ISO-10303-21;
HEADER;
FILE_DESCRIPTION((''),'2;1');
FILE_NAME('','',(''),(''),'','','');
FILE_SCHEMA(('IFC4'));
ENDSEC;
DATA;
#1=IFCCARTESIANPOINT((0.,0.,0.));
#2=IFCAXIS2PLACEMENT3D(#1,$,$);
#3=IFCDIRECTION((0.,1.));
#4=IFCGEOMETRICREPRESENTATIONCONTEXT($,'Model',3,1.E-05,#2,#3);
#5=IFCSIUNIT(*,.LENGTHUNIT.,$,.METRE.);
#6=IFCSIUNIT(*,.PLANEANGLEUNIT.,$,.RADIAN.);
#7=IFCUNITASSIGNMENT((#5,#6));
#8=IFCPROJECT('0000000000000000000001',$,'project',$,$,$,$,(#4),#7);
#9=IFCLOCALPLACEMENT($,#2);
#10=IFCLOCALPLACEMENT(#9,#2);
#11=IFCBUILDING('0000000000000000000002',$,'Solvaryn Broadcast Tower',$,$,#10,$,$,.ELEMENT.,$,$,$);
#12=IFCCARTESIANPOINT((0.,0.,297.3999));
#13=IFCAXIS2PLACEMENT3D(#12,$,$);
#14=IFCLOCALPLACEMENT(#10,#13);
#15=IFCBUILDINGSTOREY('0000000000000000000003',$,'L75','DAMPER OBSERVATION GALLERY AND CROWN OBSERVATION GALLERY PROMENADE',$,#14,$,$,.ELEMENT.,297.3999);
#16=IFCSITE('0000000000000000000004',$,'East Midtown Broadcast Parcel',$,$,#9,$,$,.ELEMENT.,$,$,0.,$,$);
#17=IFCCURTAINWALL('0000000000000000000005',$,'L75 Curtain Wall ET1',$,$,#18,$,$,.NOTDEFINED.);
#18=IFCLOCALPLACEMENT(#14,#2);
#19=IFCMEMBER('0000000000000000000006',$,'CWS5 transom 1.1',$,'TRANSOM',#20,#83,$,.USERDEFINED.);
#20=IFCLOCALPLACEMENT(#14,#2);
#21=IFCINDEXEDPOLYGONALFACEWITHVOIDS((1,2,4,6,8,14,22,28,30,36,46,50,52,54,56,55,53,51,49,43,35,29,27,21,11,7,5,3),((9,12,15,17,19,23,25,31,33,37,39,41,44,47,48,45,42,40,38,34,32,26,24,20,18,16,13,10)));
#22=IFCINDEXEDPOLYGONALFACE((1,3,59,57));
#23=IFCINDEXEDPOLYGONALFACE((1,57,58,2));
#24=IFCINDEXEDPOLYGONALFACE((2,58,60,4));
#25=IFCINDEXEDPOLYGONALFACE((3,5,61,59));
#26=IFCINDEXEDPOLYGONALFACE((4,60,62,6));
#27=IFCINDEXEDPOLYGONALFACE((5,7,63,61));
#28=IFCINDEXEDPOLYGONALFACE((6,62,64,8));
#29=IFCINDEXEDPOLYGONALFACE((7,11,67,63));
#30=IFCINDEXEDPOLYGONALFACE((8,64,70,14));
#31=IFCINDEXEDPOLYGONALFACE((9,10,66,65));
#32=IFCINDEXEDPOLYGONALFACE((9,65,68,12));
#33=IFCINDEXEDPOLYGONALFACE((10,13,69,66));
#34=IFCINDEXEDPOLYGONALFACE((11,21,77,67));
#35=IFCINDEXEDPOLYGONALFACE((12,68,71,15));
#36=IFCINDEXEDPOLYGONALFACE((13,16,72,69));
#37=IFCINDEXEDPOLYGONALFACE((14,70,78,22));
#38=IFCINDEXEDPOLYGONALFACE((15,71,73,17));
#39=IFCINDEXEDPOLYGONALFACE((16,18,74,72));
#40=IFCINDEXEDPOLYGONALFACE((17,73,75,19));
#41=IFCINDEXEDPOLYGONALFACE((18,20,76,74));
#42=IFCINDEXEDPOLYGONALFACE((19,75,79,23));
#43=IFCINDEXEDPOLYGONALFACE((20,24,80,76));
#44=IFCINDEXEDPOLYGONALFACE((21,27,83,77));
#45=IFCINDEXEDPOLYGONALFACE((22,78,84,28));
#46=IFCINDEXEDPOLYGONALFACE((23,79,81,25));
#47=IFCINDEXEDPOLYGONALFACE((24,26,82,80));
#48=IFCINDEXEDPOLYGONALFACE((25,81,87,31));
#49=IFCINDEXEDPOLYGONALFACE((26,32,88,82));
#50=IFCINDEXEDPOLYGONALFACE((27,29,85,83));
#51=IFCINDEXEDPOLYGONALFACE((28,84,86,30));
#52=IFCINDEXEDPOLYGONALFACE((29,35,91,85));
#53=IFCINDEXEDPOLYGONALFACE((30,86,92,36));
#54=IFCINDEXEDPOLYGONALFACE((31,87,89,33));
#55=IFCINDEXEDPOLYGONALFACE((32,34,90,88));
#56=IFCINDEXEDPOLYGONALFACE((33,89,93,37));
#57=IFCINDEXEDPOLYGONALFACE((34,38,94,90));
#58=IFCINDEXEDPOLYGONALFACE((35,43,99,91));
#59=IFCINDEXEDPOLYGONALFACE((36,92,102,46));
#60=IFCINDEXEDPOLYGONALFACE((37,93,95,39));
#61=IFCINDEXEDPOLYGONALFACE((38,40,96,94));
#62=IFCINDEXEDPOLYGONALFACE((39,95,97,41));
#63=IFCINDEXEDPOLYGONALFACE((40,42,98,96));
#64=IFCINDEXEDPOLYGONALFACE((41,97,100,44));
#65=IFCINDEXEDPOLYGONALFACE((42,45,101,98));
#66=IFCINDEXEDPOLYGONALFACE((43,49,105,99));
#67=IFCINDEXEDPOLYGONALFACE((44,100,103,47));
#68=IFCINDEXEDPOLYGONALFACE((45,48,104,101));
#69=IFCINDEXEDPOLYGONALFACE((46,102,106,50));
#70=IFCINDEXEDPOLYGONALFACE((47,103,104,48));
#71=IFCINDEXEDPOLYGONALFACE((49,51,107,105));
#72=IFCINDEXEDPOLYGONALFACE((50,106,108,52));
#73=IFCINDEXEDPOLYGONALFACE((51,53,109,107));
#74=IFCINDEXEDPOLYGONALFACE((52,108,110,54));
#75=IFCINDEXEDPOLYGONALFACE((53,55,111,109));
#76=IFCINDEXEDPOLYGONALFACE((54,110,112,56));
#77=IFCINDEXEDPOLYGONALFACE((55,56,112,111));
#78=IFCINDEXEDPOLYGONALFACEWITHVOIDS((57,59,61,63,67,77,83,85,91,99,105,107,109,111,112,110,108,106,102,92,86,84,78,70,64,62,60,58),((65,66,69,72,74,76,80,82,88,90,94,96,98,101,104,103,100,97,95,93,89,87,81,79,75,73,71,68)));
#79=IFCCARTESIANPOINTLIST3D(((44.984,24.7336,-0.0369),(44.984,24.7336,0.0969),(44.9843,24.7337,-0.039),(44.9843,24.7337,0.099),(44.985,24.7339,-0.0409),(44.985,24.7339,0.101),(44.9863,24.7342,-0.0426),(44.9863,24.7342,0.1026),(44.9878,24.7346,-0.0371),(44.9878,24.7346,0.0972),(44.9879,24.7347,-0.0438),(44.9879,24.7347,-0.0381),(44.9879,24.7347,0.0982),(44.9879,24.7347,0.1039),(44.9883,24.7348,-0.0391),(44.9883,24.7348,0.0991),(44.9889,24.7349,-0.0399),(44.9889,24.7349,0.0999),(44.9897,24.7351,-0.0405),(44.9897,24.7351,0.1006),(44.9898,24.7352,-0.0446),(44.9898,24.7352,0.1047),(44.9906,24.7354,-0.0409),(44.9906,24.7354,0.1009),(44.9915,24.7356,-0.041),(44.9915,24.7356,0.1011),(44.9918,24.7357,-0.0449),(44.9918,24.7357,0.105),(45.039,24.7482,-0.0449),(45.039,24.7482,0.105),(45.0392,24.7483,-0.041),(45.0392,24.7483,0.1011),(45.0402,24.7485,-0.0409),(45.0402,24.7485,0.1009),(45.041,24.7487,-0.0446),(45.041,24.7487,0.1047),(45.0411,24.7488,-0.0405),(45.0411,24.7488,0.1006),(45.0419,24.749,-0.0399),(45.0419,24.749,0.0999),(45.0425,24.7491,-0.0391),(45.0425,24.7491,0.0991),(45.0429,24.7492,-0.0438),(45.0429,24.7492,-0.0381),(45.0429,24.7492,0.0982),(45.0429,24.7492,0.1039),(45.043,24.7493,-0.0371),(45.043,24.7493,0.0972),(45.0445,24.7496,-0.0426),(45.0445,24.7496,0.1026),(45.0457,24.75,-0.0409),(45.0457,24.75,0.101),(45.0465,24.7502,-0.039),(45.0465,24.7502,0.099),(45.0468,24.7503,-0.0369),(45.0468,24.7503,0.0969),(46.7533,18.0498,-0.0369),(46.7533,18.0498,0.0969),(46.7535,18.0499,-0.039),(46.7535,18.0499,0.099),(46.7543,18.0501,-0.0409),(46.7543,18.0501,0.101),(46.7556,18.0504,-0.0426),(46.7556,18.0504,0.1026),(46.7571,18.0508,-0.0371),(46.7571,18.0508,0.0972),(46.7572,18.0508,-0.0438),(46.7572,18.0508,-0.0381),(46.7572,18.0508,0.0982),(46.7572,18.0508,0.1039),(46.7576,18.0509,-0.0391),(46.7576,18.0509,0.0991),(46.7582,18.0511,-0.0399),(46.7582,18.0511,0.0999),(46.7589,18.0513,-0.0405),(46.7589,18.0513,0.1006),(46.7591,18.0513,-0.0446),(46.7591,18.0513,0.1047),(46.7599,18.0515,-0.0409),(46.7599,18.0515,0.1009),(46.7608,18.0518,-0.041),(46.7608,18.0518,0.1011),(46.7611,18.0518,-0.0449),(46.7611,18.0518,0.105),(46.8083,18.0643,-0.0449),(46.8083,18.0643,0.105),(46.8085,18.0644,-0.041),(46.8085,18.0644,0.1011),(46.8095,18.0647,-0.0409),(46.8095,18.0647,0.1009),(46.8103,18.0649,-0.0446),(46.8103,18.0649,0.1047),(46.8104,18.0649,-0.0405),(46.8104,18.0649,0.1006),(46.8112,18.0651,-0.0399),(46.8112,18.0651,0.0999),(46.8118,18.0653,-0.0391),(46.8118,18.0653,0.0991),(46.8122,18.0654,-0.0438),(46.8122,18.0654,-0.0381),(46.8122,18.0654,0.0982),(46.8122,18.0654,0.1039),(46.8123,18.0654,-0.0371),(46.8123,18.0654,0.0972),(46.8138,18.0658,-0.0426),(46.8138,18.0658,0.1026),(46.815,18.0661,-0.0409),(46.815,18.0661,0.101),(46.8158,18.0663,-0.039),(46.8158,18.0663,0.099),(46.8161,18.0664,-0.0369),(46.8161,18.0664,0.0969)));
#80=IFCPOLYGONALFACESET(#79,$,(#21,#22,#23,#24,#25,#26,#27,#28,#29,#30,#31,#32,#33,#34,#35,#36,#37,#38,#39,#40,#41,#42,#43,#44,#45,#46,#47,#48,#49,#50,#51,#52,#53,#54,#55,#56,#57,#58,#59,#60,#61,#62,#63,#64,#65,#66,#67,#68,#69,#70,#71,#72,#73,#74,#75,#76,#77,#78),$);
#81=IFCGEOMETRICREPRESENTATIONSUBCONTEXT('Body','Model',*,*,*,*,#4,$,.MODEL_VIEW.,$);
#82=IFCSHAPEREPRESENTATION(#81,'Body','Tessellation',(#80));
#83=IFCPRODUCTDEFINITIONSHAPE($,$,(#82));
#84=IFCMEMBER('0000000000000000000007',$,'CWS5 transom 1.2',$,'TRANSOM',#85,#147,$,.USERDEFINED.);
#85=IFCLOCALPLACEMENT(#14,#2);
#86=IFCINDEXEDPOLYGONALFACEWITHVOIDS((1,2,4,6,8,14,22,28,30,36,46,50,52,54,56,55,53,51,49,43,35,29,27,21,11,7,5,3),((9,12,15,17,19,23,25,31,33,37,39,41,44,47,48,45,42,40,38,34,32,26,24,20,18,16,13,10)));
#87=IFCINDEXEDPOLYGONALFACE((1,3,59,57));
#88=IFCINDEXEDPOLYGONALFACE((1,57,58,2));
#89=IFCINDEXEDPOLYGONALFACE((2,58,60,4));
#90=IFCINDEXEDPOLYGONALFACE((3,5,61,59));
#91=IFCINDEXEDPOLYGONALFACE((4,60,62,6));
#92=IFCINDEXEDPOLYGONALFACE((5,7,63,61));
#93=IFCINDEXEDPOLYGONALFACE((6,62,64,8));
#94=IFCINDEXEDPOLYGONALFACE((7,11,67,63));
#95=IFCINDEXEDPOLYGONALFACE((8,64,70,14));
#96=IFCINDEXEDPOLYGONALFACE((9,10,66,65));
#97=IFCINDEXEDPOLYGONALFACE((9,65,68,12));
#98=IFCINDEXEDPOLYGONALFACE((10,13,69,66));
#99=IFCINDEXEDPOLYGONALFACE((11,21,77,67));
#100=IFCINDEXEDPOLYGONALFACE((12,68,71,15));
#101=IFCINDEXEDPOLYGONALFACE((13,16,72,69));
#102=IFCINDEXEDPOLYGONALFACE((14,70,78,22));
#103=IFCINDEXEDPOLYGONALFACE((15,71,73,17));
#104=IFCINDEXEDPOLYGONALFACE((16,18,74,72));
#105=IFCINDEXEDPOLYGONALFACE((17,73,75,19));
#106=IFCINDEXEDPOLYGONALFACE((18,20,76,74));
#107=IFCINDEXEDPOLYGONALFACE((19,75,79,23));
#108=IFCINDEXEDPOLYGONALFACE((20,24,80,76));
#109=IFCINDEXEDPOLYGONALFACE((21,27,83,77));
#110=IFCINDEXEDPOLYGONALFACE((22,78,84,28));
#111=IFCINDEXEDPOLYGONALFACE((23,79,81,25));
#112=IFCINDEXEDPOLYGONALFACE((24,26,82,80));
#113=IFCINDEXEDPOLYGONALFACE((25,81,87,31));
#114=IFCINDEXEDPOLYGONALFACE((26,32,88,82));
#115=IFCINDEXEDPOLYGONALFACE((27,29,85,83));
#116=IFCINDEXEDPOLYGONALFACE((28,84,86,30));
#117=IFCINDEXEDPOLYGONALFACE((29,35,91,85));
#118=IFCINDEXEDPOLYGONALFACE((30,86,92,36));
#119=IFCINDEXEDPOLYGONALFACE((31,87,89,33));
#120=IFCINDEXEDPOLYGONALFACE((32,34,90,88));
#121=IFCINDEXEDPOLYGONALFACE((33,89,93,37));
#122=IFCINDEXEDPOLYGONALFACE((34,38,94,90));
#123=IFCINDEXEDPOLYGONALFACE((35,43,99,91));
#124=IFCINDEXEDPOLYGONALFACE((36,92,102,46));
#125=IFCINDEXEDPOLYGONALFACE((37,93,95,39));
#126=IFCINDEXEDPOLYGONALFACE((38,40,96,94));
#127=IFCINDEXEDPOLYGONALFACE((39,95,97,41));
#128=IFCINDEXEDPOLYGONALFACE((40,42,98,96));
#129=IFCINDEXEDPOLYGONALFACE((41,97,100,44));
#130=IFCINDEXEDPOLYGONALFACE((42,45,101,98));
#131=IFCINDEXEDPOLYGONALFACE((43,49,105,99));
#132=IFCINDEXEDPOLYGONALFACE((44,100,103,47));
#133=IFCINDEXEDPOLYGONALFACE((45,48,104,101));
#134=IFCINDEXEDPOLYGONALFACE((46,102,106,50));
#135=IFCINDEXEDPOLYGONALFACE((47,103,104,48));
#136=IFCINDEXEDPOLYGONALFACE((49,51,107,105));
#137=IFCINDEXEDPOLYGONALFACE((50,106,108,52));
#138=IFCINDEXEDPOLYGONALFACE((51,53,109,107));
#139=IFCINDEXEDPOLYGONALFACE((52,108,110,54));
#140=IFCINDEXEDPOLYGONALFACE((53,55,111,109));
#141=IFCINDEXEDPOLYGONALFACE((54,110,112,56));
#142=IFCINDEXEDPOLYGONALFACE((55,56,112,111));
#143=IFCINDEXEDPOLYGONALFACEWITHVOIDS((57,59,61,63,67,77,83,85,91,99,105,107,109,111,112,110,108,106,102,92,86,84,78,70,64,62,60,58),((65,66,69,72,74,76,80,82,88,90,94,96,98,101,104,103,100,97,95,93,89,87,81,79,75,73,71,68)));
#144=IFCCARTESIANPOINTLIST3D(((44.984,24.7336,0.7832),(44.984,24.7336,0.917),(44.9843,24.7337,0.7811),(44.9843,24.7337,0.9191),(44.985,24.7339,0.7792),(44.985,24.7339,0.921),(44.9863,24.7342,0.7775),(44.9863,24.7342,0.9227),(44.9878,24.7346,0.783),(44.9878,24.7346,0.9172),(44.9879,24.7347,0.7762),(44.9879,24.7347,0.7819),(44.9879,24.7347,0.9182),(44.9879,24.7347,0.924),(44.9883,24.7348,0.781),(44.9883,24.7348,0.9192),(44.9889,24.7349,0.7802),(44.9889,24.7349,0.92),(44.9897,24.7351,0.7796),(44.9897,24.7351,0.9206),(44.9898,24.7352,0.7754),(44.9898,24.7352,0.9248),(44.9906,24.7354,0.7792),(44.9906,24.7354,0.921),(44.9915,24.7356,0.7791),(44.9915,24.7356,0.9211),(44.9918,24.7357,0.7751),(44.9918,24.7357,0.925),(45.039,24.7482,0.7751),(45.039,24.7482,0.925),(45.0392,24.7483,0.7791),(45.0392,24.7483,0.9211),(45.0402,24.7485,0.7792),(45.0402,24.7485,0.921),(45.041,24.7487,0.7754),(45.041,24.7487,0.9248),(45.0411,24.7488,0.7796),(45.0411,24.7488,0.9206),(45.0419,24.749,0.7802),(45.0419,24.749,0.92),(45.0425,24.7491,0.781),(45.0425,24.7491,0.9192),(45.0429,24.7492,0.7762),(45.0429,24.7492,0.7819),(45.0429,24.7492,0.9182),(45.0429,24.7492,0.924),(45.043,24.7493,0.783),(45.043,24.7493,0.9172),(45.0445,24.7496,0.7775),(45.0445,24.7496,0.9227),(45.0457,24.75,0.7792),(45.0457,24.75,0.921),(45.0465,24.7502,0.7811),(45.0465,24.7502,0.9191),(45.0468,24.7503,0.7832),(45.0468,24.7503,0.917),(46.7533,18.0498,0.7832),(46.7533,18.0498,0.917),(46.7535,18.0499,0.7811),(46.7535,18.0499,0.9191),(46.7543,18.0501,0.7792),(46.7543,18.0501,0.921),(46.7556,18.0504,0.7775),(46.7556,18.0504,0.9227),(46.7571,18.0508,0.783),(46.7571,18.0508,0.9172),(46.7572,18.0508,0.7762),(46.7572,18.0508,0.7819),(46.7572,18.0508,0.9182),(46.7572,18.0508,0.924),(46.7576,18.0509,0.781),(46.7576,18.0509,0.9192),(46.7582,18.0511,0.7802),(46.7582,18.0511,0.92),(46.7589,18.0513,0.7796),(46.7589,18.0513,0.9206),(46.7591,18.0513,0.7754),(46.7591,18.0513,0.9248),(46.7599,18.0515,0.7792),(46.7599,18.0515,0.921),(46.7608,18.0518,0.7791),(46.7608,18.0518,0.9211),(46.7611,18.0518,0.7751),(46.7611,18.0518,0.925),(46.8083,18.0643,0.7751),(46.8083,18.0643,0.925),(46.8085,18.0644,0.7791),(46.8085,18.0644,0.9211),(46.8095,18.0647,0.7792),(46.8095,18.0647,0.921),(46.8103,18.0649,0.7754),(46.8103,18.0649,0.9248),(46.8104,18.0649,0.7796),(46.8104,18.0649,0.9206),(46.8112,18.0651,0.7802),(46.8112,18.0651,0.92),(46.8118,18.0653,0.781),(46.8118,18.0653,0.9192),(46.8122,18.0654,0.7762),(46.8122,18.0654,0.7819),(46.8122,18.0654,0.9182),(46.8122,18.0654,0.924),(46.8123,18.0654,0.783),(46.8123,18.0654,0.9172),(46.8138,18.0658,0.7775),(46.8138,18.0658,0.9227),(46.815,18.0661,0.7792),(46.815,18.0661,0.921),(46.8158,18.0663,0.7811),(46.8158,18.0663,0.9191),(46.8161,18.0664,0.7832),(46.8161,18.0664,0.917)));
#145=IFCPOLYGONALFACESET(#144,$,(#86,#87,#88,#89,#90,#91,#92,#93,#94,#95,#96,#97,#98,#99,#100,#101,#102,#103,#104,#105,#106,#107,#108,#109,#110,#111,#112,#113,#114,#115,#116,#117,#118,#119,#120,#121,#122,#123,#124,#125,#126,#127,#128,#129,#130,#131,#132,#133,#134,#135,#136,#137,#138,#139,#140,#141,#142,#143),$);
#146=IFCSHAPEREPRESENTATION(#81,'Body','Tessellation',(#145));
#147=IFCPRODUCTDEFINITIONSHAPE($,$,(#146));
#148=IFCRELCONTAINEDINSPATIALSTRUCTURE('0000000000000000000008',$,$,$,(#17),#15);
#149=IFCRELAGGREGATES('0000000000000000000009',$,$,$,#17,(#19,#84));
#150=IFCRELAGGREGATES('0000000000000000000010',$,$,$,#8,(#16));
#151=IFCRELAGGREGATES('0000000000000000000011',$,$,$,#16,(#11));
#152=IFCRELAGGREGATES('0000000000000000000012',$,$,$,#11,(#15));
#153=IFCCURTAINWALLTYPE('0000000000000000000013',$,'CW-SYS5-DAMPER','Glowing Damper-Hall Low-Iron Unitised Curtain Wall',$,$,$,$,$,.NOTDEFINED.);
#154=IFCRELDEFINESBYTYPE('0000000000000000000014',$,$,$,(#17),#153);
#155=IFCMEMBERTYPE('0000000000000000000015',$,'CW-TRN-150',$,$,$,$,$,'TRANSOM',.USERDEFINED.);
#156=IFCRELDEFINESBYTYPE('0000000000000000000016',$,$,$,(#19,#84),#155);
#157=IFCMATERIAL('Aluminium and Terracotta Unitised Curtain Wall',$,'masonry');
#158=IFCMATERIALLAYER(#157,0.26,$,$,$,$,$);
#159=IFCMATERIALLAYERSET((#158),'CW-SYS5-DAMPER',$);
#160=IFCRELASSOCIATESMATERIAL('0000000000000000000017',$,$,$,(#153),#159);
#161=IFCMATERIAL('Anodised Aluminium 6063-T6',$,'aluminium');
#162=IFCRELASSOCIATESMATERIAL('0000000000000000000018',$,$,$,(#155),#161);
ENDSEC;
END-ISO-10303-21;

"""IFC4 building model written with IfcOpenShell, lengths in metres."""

from ifc_helpers import new_model, si_unit, direction, frame, origin, origin_2d, place, context, subcontext, project, spatial, hollow_rectangle, extrude, material, layer, layer_set, material_profile, profile_set, type_object, element, aggregate, save


model = new_model("IFC4")

# Units and contexts
model_context = context("Model", 3, precision=1e-05, world=origin(), true_north=direction((0.0, 1.0)))
body_context = subcontext(model_context, "Body", "Model", "MODEL_VIEW")
ifc_project = project(units=[si_unit("LENGTHUNIT", "METRE"), si_unit("PLANEANGLEUNIT", "RADIAN")], contexts=[model_context])

# Site, building, storey
site_placement = place(None, origin())
site = spatial("IfcSite", under=ifc_project, at=site_placement, Name="East Midtown Broadcast Parcel", CompositionType="ELEMENT", RefElevation=0.0)
building_placement = place(site_placement, origin())
building = spatial("IfcBuilding", under=site, at=building_placement, Name="Solvaryn Broadcast Tower", CompositionType="ELEMENT")
storey_placement = place(building_placement, frame((0.0, 0.0, 297.3999)))
storey = spatial("IfcBuildingStorey", under=building, at=storey_placement, Name="L75", Description="DAMPER OBSERVATION GALLERY AND CROWN OBSERVATION GALLERY PROMENADE", CompositionType="ELEMENT", Elevation=297.3999)

# Curtain wall
ifc_material_1 = material(Name="Aluminium and Terracotta Unitised Curtain Wall", Category="masonry")
ifc_layer_1 = layer(ifc_material_1, 0.26)
ifc_layer_set_1 = layer_set([ifc_layer_1], Name="CW-SYS5-DAMPER")
curtain_wall_type = type_object("IfcCurtainWallType", Name="CW-SYS5-DAMPER", Description="Glowing Damper-Hall Low-Iron Unitised Curtain Wall", PredefinedType="NOTDEFINED", material=ifc_layer_set_1)
curtain_wall_1_placement = place(storey_placement, origin())
curtain_wall_1 = element("IfcCurtainWall", 1, at=curtain_wall_1_placement, inside=storey, type_object=curtain_wall_type, Name="L75 Curtain Wall ET1", PredefinedType="NOTDEFINED")

# Members
ifc_material_2 = material(Name="Anodised Aluminium 6063-T6", Category="aluminium")
ifc_material_profile_1 = material_profile(ifc_material_2, hollow_rectangle(XDim=0.0649, YDim=0.1499, WallThickness=0.0039, InnerFilletRadius=0.0039, OuterFilletRadius=0.0081, at=origin_2d()))
ifc_profile_set_1 = profile_set([ifc_material_profile_1], Name="Anodised Aluminium 6063-T6")
member_type_1 = type_object("IfcMemberType", Name="CW-TRN-150", ElementType="TRANSOM", PredefinedType="USERDEFINED", material=ifc_profile_set_1)
member_1_placement = place(storey_placement, frame((45.0154, 24.7419, 0.03), z_axis=(0.255897, -0.966704, 0.0), x_axis=(0.966704, 0.255897, 0.0)))
member_1 = element("IfcMember", 2, at=member_1_placement, type_object=member_type_1, Name="CWS5 transom 1.1", ObjectType="TRANSOM", PredefinedType="USERDEFINED", context=body_context, shape_type="SweptSolid", body=[
    extrude(hollow_rectangle(XDim=0.0649, YDim=0.1499, WallThickness=0.0039, InnerFilletRadius=0.0039, OuterFilletRadius=0.0081, at=origin_2d()), origin(), (0.0, 0.0, 1.0), 6.9141),
])
member_2_placement = place(storey_placement, frame((45.0154, 24.7419, 0.8501), z_axis=(0.255897, -0.966704, 0.0), x_axis=(0.966704, 0.255897, 0.0)))
member_2 = element("IfcMember", 3, at=member_2_placement, type_object=member_type_1, Name="CWS5 transom 1.2", ObjectType="TRANSOM", PredefinedType="USERDEFINED", context=body_context, shape_type="SweptSolid", body=[
    extrude(hollow_rectangle(XDim=0.0649, YDim=0.1499, WallThickness=0.0039, InnerFilletRadius=0.0039, OuterFilletRadius=0.0081, at=origin_2d()), origin(), (0.0, 0.0, 1.0), 6.9141),
])
aggregate(curtain_wall_1, [member_1, member_2])

save(model, "model.ifc")
